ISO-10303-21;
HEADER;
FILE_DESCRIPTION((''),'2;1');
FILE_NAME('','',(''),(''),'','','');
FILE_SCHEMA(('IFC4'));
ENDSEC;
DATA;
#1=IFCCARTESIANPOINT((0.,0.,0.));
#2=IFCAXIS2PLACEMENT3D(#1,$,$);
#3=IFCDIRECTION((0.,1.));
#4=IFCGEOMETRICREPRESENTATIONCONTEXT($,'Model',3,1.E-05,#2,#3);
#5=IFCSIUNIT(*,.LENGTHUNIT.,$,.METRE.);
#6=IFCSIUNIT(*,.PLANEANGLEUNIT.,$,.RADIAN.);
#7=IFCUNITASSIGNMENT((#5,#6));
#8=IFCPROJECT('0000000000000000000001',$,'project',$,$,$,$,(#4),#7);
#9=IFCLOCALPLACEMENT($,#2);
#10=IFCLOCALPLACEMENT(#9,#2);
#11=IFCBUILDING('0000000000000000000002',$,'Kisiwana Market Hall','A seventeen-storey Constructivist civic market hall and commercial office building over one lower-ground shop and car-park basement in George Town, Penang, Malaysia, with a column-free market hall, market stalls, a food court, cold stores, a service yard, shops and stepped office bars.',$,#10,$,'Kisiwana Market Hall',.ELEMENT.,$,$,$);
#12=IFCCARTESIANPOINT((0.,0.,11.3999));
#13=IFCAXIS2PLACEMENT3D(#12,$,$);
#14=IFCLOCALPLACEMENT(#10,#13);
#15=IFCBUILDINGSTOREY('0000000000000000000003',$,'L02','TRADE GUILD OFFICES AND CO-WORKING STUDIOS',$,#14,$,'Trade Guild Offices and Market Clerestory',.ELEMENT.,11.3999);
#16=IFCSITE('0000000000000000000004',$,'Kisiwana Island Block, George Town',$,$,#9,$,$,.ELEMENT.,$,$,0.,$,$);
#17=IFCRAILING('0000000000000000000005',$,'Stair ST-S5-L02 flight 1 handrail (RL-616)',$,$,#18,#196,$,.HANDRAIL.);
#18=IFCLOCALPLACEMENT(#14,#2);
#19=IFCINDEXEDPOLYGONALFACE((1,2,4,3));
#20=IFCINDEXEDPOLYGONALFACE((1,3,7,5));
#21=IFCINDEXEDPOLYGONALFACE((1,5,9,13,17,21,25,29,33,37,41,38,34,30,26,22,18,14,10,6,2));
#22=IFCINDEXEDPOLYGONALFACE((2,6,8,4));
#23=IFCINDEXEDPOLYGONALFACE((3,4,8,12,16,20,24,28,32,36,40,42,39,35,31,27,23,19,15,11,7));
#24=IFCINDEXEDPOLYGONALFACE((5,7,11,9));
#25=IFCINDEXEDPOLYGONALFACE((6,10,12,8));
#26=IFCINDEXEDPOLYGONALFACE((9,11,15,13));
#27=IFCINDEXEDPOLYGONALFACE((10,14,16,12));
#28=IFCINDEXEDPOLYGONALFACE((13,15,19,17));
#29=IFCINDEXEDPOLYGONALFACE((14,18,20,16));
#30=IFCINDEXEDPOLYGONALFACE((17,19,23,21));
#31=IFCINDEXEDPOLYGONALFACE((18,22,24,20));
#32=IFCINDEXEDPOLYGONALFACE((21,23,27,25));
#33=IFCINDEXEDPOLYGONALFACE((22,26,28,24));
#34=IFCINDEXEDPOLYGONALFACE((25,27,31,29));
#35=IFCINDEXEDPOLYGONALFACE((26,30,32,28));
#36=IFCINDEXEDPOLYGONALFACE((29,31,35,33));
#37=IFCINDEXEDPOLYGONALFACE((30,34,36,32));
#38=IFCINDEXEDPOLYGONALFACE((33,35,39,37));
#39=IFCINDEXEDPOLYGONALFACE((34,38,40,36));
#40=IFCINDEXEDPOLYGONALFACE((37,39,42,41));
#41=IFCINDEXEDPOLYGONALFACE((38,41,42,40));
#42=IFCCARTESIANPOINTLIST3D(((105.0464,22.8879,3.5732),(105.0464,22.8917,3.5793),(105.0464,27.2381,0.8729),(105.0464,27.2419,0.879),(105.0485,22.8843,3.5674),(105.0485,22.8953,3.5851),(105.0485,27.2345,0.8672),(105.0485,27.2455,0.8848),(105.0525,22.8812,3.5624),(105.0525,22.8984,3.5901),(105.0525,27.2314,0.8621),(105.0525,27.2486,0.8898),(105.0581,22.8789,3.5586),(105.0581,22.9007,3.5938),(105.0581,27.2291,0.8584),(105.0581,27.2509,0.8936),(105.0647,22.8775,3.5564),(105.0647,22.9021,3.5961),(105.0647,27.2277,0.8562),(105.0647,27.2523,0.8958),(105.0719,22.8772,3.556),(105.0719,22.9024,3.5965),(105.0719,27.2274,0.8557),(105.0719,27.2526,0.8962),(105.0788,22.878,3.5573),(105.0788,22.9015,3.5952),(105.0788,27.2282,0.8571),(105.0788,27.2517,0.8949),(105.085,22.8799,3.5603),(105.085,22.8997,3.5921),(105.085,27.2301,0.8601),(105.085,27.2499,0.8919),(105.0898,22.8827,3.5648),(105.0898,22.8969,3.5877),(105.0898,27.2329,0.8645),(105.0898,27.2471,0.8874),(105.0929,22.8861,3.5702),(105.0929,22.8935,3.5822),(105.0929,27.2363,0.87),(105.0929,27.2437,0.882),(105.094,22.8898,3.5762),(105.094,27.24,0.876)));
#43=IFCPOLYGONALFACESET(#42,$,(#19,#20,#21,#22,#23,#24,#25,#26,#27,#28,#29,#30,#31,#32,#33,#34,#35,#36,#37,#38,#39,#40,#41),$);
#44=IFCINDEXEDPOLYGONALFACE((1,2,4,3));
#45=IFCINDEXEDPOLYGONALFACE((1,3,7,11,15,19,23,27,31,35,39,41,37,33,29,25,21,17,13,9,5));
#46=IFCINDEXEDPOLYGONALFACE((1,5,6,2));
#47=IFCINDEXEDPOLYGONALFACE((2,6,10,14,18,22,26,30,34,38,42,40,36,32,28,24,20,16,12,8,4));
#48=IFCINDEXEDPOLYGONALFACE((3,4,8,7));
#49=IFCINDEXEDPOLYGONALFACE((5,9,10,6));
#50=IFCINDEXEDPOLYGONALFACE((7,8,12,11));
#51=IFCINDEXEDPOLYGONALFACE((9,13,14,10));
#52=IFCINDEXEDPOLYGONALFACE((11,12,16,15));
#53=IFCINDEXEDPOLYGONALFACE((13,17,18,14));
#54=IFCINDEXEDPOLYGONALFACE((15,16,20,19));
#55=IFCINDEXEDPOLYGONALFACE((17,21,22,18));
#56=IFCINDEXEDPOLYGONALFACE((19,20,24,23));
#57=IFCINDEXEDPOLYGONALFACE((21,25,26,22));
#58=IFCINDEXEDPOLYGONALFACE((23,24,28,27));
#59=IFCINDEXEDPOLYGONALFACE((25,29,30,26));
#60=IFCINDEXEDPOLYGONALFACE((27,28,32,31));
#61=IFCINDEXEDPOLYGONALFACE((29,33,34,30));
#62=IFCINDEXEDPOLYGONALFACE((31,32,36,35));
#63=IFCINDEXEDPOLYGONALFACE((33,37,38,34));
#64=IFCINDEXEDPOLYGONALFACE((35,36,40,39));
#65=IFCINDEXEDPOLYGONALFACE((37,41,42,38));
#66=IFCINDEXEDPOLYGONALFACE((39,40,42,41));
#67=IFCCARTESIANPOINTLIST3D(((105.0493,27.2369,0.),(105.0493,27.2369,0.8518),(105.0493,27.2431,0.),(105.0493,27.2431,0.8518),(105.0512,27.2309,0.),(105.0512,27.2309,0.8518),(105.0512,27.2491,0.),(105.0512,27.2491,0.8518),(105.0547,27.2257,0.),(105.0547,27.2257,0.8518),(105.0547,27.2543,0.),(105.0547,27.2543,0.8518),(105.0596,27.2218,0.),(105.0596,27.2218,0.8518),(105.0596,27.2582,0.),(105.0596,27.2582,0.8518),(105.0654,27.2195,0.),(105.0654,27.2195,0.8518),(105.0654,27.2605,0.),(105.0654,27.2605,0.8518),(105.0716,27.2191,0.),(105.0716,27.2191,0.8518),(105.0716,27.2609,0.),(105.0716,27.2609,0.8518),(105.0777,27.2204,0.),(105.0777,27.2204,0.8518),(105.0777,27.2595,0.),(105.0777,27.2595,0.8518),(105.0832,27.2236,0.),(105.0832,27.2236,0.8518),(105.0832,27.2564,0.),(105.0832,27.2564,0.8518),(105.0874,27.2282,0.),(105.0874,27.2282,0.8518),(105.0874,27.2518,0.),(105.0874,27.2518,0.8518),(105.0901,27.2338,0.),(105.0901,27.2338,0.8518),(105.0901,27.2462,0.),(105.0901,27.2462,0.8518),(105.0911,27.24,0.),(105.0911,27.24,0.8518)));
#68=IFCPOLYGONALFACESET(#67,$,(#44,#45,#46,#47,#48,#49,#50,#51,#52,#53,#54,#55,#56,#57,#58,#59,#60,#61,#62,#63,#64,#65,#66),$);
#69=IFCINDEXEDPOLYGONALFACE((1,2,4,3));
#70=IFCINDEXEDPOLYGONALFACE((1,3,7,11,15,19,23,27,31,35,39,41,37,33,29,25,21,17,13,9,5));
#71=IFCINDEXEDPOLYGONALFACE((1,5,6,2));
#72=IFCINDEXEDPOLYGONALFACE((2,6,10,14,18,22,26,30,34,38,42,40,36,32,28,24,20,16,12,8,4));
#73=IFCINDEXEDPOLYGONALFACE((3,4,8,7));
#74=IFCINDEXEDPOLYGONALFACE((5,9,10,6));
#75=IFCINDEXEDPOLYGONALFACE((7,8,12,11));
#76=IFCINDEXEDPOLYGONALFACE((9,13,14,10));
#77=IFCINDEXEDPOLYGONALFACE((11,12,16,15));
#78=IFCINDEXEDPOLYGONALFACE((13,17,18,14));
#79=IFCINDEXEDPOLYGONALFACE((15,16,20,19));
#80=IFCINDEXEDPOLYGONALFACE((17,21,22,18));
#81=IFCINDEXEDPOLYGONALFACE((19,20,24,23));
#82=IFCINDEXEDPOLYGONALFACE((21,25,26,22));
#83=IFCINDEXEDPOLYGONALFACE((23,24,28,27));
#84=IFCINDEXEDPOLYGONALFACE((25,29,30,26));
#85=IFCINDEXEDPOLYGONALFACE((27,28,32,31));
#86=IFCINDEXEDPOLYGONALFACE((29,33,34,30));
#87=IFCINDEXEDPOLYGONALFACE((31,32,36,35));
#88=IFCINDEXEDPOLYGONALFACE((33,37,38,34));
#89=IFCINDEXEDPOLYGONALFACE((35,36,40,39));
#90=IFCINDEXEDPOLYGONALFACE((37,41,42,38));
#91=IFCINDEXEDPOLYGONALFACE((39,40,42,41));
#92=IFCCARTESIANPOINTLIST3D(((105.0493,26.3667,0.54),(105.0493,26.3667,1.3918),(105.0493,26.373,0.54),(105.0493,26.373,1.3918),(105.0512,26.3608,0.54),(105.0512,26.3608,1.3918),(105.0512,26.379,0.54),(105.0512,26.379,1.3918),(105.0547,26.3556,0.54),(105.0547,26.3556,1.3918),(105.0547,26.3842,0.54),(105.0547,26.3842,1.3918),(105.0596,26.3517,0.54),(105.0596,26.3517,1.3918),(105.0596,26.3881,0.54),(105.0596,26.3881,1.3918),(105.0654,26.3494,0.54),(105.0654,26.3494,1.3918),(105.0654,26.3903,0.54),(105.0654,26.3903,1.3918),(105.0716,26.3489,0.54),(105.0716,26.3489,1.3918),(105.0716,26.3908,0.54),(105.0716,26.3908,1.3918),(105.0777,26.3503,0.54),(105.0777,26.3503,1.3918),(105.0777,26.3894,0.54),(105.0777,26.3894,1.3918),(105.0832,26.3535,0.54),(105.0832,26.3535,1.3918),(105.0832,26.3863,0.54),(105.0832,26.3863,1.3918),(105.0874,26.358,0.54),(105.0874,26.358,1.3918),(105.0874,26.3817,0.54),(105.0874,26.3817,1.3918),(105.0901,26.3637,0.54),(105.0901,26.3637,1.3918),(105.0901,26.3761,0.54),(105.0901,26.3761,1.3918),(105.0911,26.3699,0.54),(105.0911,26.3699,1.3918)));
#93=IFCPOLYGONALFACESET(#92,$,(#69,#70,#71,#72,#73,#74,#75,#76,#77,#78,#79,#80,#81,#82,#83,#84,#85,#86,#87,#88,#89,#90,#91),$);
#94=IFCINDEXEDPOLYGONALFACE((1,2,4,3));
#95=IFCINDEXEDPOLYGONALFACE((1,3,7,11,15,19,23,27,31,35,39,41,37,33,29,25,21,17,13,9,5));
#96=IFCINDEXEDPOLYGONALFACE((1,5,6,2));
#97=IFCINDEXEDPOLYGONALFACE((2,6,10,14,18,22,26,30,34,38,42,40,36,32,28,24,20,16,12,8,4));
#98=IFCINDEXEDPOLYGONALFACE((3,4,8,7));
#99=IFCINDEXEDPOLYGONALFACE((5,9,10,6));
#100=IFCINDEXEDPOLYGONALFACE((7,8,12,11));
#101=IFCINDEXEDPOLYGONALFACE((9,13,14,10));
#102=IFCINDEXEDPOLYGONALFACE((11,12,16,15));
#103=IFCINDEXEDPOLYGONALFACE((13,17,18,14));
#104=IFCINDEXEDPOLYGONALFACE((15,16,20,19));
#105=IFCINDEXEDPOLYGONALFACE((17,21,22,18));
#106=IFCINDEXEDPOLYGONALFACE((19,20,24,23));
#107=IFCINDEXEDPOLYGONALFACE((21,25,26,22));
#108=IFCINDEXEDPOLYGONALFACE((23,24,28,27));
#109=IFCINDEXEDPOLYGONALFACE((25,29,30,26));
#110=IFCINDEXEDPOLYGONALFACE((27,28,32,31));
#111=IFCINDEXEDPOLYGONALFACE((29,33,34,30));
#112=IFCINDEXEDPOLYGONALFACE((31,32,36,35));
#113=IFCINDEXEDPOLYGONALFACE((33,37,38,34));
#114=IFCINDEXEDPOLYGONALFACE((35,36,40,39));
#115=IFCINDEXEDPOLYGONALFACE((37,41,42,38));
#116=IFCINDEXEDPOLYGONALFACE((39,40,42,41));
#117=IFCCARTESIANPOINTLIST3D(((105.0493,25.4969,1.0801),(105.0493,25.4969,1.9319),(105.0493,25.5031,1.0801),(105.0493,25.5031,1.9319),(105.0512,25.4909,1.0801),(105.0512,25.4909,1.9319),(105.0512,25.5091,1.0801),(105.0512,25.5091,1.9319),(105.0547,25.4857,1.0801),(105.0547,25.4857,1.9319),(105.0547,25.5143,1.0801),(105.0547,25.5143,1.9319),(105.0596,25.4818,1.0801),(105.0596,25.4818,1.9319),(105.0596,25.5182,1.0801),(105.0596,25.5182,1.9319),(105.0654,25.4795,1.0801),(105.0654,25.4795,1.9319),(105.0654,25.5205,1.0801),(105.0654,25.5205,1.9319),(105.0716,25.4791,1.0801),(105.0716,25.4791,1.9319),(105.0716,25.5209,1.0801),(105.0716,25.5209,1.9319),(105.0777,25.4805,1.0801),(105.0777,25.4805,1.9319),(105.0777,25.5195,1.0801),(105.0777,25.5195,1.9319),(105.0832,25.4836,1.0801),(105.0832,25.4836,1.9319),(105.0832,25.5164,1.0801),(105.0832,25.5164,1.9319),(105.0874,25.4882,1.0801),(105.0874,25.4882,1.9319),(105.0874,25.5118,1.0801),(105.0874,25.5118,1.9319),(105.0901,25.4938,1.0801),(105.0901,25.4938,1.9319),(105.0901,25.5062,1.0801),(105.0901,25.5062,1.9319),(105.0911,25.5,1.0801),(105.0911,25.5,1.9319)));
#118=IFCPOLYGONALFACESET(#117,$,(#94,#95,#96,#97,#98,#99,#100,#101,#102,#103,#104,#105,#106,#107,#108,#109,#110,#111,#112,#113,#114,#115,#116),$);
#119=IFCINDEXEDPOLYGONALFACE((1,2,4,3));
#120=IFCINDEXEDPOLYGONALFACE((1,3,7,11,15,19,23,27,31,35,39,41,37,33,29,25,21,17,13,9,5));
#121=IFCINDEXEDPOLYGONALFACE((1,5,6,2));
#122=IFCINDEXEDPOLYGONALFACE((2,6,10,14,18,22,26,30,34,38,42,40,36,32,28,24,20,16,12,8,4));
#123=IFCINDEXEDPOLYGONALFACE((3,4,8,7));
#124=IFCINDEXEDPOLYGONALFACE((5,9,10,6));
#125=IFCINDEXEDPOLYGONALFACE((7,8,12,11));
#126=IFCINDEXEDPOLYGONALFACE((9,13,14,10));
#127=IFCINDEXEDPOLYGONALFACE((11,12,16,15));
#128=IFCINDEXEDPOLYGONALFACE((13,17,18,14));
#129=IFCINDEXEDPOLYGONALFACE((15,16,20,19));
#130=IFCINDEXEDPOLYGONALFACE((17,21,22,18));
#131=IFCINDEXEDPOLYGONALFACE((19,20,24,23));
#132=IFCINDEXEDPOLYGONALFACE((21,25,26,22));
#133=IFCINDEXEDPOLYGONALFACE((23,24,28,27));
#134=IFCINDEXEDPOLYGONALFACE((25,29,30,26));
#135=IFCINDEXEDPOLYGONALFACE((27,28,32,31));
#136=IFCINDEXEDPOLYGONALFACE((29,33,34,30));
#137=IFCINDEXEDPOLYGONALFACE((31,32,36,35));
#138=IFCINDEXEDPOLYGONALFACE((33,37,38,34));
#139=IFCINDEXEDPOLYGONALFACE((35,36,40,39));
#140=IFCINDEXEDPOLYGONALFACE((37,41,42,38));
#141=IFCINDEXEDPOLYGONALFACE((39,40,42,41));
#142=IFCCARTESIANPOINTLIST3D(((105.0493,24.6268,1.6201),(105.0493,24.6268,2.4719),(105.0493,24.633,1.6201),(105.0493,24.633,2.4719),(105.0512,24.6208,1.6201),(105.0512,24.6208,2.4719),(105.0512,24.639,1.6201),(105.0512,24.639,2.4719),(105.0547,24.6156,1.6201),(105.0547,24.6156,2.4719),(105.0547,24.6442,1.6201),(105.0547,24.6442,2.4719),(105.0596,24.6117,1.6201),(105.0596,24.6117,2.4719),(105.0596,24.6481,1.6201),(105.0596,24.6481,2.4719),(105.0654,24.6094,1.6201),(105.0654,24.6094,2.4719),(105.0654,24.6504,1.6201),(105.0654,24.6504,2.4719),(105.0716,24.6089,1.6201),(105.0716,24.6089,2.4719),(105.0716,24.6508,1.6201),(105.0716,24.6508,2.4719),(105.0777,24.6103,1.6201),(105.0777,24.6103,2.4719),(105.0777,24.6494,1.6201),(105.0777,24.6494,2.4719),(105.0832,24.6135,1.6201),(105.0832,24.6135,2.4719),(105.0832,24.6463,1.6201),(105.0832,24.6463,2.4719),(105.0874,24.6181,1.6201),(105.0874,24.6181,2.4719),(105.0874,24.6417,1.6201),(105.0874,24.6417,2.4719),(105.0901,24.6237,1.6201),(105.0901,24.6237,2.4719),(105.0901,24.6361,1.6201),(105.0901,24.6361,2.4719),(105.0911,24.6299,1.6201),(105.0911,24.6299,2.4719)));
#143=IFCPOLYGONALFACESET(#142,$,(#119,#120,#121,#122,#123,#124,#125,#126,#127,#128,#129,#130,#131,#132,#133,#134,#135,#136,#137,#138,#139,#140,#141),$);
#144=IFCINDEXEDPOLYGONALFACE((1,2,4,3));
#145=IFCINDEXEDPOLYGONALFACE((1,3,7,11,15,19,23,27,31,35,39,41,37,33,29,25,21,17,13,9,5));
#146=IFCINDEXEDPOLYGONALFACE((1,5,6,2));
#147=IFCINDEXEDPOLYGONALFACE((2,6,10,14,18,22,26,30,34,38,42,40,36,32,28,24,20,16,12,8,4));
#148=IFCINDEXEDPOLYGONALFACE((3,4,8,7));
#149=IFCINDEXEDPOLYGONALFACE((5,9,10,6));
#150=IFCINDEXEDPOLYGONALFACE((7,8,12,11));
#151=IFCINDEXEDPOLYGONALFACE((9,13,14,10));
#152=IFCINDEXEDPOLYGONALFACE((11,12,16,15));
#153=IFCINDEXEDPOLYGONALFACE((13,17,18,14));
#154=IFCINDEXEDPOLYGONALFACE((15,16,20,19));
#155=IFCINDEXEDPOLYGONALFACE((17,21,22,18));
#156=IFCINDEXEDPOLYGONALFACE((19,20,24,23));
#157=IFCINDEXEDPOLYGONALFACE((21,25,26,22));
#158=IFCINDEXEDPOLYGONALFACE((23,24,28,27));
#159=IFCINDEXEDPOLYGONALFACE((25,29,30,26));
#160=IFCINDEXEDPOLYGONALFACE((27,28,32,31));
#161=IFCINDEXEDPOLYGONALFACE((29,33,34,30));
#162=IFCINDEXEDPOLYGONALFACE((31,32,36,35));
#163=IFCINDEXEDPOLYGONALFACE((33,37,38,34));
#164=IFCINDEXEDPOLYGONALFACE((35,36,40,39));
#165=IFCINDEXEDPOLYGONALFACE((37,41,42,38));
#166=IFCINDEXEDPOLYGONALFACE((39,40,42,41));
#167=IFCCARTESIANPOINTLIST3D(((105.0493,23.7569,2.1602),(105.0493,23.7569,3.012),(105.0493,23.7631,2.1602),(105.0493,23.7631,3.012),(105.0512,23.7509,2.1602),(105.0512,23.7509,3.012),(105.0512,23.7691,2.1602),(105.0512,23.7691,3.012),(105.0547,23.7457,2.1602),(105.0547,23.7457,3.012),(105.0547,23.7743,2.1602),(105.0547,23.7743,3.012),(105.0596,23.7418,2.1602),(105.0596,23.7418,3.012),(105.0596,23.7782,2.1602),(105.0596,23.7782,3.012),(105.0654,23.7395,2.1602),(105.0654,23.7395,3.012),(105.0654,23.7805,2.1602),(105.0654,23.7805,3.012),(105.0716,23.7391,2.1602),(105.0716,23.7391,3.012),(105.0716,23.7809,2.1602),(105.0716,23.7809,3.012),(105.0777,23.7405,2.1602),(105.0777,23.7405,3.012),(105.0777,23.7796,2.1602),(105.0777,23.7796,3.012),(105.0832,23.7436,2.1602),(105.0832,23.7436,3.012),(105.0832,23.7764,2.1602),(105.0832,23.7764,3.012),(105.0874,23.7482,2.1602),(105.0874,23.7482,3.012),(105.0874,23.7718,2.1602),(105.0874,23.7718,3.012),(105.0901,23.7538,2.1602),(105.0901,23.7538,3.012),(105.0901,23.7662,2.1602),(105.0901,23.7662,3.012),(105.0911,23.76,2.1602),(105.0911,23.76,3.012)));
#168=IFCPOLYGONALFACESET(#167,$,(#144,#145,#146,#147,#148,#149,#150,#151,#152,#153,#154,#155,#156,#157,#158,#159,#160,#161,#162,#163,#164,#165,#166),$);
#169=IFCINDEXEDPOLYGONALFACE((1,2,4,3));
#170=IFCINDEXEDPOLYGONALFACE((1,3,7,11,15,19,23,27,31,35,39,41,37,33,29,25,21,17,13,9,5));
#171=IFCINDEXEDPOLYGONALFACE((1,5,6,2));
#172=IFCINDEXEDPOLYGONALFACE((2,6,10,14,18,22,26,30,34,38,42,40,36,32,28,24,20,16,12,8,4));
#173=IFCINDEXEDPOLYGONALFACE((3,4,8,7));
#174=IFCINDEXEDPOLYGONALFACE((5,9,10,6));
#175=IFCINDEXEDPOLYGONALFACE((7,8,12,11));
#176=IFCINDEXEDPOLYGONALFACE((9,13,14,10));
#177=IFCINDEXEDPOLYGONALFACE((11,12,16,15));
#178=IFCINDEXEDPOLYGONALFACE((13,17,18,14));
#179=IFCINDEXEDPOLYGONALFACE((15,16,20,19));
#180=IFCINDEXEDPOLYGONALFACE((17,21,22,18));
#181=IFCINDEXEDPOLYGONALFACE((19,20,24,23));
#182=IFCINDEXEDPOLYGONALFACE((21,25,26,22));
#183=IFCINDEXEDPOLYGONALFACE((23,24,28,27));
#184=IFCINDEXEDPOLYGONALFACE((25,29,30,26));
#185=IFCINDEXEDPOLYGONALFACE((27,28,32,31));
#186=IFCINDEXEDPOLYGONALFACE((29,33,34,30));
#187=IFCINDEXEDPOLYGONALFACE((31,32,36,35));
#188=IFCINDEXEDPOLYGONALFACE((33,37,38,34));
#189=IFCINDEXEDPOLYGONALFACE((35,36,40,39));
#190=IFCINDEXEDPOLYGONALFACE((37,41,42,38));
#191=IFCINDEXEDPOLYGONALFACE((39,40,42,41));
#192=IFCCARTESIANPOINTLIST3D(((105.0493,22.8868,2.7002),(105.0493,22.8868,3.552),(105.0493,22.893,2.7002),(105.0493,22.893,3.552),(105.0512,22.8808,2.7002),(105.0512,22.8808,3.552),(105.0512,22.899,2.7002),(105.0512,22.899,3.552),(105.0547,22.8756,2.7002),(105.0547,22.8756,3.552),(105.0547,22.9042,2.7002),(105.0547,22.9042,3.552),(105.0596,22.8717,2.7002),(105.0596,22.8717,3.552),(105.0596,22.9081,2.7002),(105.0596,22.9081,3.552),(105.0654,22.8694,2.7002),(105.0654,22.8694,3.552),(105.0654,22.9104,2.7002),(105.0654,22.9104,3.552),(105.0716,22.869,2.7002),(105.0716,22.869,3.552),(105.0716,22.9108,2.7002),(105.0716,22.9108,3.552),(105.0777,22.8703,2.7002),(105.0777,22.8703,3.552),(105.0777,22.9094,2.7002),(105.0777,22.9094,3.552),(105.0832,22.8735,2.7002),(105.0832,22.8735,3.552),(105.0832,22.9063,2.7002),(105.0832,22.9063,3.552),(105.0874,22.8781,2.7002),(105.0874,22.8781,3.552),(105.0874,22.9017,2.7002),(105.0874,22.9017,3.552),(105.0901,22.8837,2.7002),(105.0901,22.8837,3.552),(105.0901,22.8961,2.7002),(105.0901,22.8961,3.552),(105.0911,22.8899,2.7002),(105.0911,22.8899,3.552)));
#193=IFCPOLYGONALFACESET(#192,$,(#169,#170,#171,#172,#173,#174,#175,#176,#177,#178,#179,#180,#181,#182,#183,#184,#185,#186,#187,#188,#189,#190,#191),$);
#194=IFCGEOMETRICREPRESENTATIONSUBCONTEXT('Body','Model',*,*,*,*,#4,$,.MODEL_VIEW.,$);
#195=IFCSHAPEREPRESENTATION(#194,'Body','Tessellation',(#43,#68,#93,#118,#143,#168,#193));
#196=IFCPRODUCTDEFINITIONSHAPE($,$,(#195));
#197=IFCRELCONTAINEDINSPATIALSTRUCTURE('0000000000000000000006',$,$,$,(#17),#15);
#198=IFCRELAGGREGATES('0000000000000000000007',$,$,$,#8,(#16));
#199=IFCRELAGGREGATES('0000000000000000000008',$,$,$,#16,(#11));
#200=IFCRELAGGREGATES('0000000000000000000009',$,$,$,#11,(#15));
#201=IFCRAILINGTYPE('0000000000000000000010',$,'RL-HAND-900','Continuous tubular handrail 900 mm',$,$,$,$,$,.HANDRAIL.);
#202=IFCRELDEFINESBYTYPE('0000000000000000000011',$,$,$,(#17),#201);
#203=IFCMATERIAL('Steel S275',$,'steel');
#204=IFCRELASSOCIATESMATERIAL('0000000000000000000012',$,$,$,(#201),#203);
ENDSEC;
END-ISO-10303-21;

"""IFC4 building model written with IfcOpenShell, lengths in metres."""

from ifc_helpers import new_model, si_unit, direction, frame, origin, origin_2d, place, context, subcontext, project, spatial, circle, extrude, material, type_object, element, save


model = new_model("IFC4")

# Units and contexts
model_context = context("Model", 3, precision=1e-05, world=origin(), true_north=direction((0.0, 1.0)))
body_context = subcontext(model_context, "Body", "Model", "MODEL_VIEW")
ifc_project = project(units=[si_unit("LENGTHUNIT", "METRE"), si_unit("PLANEANGLEUNIT", "RADIAN")], contexts=[model_context])

# Site, building, storey
site_placement = place(None, origin())
site = spatial("IfcSite", under=ifc_project, at=site_placement, Name="Kisiwana Island Block, George Town", CompositionType="ELEMENT", RefElevation=0.0)
building_placement = place(site_placement, origin())
building = spatial("IfcBuilding", under=site, at=building_placement, Name="Kisiwana Market Hall", Description="A seventeen-storey Constructivist civic market hall and commercial office building over one lower-ground shop and car-park basement in George Town, Penang, Malaysia, with a column-free market hall, market stalls, a food court, cold stores, a service yard, shops and stepped office bars.", LongName="Kisiwana Market Hall", CompositionType="ELEMENT")
storey_placement = place(building_placement, frame((0.0, 0.0, 11.3999)))
storey = spatial("IfcBuildingStorey", under=building, at=storey_placement, Name="L02", Description="TRADE GUILD OFFICES AND CO-WORKING STUDIOS", LongName="Trade Guild Offices and Market Clerestory", CompositionType="ELEMENT", Elevation=11.3999)

# Railing
ifc_material_1 = material(Name="Steel S275", Category="steel")
railing_type = type_object("IfcRailingType", Name="RL-HAND-900", Description="Continuous tubular handrail 900 mm", PredefinedType="HANDRAIL", material=ifc_material_1)
for number, where, name in (
    (1, (105.0701, 27.24, 0.0), "Stair ST-S5-L02 flight 1 handrail (RL-616)"),
):
    element("IfcRailing", number, at=place(storey_placement, frame(where)), inside=storey, type_object=railing_type, Name=name, PredefinedType="HANDRAIL", context=body_context, shape_type="SweptSolid", body=[
        extrude(circle(Radius=0.0239, at=origin_2d()), frame((0.0, 0.0, 0.876), z_axis=(0.0, -0.849628, 0.527382), x_axis=(1.0, 0.0, 0.0)), (0.0, 0.0, 1.0), 5.1201),
        extrude(circle(Radius=0.021, at=origin_2d()), origin(), (0.0, 0.0, 1.0), 0.8518),
        extrude(circle(Radius=0.021, at=origin_2d()), frame((0.0, -0.8701, 0.54)), (0.0, 0.0, 1.0), 0.8518),
        extrude(circle(Radius=0.021, at=origin_2d()), frame((0.0, -1.74, 1.0801)), (0.0, 0.0, 1.0), 0.8518),
        extrude(circle(Radius=0.021, at=origin_2d()), frame((0.0, -2.6101, 1.6201)), (0.0, 0.0, 1.0), 0.8518),
        extrude(circle(Radius=0.021, at=origin_2d()), frame((0.0, -3.48, 2.1602)), (0.0, 0.0, 1.0), 0.8518),
        extrude(circle(Radius=0.021, at=origin_2d()), frame((0.0, -4.3501, 2.7002)), (0.0, 0.0, 1.0), 0.8518),
    ])

save(model, "model.ifc")
